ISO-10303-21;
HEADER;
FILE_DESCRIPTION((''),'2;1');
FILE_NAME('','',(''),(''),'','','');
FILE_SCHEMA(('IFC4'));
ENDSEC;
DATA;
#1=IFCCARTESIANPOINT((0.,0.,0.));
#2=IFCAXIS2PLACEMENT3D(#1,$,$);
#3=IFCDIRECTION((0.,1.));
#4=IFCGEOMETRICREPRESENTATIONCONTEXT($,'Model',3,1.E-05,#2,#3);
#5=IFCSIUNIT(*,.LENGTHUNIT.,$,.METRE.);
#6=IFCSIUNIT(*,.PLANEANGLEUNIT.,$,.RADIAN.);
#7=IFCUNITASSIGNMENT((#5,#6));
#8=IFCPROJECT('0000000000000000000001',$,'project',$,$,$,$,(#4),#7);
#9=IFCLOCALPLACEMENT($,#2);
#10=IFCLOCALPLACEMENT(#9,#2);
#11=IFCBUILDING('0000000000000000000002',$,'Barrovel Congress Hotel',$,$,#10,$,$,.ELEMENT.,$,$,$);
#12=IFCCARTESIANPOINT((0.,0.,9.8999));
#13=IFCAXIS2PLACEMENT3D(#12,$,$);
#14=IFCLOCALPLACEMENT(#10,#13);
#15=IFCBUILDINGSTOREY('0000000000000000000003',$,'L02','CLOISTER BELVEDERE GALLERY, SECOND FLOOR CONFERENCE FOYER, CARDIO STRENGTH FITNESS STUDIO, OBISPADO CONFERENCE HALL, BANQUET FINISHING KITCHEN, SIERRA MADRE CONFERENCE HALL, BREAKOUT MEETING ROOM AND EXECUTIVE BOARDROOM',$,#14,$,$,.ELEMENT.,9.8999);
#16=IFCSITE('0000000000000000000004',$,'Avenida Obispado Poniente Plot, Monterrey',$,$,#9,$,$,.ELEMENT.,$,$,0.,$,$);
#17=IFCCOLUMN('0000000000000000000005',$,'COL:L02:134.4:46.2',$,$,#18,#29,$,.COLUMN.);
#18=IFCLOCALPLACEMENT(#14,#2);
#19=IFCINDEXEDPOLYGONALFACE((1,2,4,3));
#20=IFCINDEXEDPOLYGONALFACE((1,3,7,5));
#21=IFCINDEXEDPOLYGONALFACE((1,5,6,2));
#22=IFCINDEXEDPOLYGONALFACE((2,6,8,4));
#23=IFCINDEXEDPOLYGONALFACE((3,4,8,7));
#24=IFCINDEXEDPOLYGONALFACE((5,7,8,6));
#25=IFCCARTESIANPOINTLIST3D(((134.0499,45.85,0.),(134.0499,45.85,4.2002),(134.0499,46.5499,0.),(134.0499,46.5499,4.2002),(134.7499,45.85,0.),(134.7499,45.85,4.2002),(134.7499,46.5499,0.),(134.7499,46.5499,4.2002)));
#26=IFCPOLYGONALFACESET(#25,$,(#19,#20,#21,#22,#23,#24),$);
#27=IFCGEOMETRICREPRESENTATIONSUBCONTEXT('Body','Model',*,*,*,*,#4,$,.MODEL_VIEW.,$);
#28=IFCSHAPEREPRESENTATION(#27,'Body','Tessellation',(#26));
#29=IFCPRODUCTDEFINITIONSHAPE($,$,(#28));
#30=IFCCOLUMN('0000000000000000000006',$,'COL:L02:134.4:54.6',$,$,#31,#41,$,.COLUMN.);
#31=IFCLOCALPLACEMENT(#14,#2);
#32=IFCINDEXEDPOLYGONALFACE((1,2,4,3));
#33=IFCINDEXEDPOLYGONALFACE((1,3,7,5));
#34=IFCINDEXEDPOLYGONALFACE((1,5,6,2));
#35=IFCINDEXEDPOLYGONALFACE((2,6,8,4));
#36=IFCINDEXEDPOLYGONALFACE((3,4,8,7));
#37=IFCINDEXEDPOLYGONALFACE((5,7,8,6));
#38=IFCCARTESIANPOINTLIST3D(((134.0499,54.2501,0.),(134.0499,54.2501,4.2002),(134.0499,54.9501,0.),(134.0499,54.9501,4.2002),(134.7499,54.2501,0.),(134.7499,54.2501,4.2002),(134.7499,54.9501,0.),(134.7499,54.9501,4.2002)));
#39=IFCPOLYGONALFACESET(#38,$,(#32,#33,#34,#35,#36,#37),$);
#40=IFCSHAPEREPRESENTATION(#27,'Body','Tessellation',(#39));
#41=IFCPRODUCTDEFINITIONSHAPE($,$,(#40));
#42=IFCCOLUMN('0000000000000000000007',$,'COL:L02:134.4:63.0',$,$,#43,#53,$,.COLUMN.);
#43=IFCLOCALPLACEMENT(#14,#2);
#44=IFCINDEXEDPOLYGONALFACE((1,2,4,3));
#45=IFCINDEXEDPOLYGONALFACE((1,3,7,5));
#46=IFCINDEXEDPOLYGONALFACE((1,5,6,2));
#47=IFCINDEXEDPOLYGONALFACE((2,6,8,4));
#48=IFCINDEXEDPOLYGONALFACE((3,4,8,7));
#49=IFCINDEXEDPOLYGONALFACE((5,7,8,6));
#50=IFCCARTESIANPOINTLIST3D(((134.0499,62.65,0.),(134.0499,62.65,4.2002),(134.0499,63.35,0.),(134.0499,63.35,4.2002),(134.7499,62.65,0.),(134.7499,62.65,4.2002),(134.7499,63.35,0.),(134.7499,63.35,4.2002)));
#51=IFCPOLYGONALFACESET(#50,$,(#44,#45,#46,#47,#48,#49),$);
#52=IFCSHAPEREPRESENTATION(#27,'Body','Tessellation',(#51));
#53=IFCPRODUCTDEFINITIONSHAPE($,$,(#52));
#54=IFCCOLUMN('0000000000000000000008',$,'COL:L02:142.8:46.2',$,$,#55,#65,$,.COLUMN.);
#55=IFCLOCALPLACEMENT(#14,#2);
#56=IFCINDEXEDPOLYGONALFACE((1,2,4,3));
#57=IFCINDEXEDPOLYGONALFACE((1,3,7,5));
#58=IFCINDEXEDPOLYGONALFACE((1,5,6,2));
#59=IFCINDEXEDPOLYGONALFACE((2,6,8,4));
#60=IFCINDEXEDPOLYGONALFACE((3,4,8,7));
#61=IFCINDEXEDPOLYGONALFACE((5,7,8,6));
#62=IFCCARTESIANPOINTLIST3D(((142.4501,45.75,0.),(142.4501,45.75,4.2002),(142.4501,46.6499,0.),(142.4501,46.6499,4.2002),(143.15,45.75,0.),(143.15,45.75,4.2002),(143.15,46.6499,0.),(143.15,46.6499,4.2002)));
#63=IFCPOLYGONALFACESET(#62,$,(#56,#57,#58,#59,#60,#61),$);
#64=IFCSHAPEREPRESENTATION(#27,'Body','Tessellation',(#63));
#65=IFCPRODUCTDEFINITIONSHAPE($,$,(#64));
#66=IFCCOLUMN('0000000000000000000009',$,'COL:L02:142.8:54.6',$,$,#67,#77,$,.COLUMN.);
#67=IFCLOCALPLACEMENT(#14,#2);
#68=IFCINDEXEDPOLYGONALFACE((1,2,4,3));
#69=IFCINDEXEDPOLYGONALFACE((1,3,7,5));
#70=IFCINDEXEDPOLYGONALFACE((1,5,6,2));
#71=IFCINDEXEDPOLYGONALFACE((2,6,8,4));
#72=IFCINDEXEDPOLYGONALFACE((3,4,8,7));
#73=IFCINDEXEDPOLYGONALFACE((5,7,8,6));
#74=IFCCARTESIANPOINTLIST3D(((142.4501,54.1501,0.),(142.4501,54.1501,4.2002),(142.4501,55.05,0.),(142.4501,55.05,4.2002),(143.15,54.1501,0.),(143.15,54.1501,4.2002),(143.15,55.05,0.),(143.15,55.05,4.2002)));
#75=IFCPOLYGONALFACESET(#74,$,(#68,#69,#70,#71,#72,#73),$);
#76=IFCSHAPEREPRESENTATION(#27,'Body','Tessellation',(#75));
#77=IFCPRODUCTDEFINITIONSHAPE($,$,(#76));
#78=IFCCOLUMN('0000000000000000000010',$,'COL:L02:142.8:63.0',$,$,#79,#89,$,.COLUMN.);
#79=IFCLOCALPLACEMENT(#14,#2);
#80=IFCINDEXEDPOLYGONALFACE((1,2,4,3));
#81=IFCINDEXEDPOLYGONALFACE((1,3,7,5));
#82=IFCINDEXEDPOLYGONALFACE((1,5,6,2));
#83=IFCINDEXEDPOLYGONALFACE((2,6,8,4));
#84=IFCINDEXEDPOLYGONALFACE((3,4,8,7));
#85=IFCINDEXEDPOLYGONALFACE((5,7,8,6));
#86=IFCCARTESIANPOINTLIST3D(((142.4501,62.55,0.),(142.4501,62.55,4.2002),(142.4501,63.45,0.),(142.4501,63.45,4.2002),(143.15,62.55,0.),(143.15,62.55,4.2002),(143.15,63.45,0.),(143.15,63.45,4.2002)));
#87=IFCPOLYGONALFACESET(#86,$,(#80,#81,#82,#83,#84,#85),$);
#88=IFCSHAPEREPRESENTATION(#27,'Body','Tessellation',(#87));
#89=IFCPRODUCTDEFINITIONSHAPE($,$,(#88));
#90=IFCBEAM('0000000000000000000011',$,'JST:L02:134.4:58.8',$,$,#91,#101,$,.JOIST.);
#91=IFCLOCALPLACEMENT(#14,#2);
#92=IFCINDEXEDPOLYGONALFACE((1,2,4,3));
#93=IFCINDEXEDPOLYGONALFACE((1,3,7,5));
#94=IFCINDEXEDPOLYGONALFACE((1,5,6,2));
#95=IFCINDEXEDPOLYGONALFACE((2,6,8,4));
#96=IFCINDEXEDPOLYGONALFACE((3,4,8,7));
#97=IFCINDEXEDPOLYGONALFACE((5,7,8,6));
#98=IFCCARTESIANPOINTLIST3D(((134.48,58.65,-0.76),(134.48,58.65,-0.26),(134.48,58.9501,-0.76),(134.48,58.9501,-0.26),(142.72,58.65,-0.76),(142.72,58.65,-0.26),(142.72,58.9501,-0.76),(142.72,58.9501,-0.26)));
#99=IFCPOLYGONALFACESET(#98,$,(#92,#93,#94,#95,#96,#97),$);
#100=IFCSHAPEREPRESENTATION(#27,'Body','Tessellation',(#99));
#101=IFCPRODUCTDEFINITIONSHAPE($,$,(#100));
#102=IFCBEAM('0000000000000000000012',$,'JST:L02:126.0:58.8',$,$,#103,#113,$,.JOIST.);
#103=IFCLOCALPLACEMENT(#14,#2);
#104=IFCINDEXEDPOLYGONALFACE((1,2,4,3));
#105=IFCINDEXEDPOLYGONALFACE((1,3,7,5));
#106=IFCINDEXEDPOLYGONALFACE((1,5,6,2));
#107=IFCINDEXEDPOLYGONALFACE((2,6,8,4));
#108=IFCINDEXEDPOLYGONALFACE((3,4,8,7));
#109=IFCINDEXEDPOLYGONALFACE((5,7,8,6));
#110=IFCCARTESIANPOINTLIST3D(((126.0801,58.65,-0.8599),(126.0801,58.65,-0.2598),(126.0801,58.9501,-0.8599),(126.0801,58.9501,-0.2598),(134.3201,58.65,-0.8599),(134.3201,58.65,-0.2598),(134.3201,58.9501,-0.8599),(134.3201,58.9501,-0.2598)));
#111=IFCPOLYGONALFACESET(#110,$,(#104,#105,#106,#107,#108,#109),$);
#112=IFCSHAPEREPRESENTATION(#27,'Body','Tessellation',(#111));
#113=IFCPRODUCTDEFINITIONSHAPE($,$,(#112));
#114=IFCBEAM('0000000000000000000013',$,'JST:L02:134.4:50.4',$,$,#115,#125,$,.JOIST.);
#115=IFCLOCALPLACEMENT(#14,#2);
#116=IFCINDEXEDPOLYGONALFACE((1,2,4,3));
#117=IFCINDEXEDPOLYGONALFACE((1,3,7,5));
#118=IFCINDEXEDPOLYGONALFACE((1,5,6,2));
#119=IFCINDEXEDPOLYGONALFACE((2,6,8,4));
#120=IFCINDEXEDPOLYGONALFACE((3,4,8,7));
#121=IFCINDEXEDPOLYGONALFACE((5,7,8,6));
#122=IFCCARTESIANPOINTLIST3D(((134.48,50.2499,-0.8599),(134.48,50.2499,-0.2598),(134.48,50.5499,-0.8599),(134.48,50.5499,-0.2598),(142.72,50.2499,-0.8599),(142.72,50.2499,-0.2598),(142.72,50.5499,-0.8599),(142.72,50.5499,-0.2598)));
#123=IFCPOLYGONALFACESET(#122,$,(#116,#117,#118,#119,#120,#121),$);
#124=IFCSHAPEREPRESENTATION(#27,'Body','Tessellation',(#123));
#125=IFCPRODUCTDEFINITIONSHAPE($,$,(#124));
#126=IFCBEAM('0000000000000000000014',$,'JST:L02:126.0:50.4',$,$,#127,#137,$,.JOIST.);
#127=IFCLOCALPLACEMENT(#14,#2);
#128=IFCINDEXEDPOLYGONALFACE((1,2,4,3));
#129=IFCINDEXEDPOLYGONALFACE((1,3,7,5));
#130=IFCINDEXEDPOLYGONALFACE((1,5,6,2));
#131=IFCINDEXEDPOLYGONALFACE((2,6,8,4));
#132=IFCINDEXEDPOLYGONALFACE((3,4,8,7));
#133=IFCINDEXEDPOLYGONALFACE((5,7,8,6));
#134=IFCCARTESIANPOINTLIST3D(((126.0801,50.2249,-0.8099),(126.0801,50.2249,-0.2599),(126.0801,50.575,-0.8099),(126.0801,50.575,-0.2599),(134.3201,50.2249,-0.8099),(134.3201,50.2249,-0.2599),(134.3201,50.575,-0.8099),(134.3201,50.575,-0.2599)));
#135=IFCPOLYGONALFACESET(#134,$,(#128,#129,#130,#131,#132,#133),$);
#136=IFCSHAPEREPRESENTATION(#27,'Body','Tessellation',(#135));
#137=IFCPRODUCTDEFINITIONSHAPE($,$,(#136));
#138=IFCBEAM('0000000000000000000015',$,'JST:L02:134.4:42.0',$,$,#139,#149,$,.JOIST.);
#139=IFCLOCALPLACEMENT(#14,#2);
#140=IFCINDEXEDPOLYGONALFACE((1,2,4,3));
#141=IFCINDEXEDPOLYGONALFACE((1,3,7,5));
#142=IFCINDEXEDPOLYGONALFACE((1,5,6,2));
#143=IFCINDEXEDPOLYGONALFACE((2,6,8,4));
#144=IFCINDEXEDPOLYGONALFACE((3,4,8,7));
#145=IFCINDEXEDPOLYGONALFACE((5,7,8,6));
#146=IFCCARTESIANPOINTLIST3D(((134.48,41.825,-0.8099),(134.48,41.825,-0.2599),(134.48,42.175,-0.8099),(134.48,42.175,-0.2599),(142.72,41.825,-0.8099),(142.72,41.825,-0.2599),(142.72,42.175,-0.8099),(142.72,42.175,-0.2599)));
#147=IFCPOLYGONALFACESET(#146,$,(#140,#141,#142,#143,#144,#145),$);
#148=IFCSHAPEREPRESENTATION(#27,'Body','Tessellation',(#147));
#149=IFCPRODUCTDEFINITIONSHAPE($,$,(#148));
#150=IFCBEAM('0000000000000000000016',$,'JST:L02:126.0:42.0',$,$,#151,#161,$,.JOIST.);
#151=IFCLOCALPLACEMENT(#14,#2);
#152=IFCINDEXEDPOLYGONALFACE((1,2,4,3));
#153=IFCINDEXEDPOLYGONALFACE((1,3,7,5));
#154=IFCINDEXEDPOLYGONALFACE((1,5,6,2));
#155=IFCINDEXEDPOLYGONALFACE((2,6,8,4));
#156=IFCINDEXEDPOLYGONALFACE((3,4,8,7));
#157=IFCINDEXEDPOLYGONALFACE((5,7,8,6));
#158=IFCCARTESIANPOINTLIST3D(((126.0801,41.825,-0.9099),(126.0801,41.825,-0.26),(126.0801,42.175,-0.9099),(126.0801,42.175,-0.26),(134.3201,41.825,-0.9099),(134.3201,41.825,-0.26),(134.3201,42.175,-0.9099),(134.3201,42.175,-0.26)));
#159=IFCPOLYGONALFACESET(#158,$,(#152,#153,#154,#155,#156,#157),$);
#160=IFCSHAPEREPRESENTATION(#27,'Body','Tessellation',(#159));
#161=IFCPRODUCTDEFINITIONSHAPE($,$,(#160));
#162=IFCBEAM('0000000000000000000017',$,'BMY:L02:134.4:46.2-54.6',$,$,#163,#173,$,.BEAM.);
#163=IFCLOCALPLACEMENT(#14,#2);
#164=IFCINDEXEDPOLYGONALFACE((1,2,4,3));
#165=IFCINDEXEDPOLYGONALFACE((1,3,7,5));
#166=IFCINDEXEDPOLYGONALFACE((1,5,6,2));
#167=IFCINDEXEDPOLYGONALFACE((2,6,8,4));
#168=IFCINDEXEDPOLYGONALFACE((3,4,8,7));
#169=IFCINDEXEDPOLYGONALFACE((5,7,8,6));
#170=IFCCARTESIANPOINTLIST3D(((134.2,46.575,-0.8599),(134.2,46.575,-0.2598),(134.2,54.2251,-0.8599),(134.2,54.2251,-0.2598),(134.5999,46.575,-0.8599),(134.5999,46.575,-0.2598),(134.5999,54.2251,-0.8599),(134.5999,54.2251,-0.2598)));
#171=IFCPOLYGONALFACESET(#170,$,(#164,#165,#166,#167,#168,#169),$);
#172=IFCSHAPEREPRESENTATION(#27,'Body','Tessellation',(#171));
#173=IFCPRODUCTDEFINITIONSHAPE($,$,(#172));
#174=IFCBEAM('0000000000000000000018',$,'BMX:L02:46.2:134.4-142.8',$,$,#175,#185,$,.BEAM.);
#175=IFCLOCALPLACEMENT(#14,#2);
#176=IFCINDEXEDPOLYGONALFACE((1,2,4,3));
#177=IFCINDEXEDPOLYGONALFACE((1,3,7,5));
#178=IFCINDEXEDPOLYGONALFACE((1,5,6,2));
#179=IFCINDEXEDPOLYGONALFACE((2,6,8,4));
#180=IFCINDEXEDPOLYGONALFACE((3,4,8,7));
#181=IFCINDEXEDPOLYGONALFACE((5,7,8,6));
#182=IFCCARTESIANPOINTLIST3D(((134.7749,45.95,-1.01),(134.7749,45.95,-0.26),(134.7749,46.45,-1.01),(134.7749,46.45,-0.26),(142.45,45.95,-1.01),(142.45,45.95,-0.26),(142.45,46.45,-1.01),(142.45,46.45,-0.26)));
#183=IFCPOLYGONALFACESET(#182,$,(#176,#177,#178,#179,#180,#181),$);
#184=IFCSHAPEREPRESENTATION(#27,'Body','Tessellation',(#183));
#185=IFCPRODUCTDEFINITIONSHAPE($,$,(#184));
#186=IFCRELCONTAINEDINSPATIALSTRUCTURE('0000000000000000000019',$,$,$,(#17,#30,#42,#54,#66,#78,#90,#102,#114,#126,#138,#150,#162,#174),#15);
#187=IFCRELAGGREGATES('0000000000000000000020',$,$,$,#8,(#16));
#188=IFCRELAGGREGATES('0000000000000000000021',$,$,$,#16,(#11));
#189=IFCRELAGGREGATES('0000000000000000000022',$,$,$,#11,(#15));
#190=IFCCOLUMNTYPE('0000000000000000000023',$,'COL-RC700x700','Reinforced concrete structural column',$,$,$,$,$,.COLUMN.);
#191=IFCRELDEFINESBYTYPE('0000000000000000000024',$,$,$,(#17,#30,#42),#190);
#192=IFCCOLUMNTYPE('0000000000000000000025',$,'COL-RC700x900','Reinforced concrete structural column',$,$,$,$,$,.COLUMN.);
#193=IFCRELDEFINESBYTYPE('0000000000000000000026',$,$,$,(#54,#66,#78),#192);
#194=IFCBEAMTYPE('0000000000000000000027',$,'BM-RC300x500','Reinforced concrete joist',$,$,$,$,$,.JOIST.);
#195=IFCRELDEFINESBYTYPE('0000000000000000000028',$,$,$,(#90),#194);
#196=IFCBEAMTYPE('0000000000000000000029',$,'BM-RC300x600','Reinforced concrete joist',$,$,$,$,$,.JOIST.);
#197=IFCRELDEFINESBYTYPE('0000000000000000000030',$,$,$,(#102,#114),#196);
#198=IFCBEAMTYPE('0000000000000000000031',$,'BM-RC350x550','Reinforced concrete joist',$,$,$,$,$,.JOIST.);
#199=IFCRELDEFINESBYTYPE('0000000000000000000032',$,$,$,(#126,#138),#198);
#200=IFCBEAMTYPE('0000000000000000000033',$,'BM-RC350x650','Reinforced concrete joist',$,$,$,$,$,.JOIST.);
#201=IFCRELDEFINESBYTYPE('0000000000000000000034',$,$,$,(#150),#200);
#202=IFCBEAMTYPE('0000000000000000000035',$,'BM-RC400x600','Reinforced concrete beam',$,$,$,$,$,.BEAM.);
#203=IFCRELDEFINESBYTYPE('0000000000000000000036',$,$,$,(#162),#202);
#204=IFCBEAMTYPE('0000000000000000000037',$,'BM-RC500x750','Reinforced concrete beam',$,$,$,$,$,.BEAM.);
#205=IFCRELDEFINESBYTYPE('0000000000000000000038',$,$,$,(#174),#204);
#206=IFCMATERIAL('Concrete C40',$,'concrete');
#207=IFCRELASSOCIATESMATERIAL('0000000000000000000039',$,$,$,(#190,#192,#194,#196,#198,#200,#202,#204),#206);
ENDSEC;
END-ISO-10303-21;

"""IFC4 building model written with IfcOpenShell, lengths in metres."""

from ifc_helpers import new_model, si_unit, direction, frame, origin, origin_2d, place, context, subcontext, project, spatial, rectangle, extrude, material, material_profile, profile_set, type_object, element, save


model = new_model("IFC4")

# Units and contexts
model_context = context("Model", 3, precision=1e-05, world=origin(), true_north=direction((0.0, 1.0)))
body_context = subcontext(model_context, "Body", "Model", "MODEL_VIEW")
ifc_project = project(units=[si_unit("LENGTHUNIT", "METRE"), si_unit("PLANEANGLEUNIT", "RADIAN")], contexts=[model_context])

# Site, building, storey
site_placement = place(None, origin())
site = spatial("IfcSite", under=ifc_project, at=site_placement, Name="Avenida Obispado Poniente Plot, Monterrey", CompositionType="ELEMENT", RefElevation=0.0)
building_placement = place(site_placement, origin())
building = spatial("IfcBuilding", under=site, at=building_placement, Name="Barrovel Congress Hotel", CompositionType="ELEMENT")
storey_placement = place(building_placement, frame((0.0, 0.0, 9.8999)))
storey = spatial("IfcBuildingStorey", under=building, at=storey_placement, Name="L02", Description="CLOISTER BELVEDERE GALLERY, SECOND FLOOR CONFERENCE FOYER, CARDIO STRENGTH FITNESS STUDIO, OBISPADO CONFERENCE HALL, BANQUET FINISHING KITCHEN, SIERRA MADRE CONFERENCE HALL, BREAKOUT MEETING ROOM AND EXECUTIVE BOARDROOM", CompositionType="ELEMENT", Elevation=9.8999)

# Columns
ifc_material_1 = material(Name="Concrete C40", Category="concrete")
ifc_material_profile_1 = material_profile(ifc_material_1, rectangle(XDim=0.7, YDim=0.7, at=origin_2d()), Name="RC700x700")
ifc_profile_set_1 = profile_set([ifc_material_profile_1], Name="Concrete C40")
column_type_1 = type_object("IfcColumnType", Name="COL-RC700x700", Description="Reinforced concrete structural column", PredefinedType="COLUMN", material=ifc_profile_set_1)
for number, where, z_axis, x_axis, name in (
    (1, (134.3999, 46.2, 0.0), (0.0, 0.0, 1.0), (1.0, 0.0, 0.0), "COL:L02:134.4:46.2"),
    (2, (134.3999, 54.6001, 0.0), (0.0, 0.0, 1.0), (1.0, 0.0, 0.0), "COL:L02:134.4:54.6"),
    (3, (134.3999, 63.0, 0.0), (0.0, 0.0, 1.0), (1.0, 0.0, 0.0), "COL:L02:134.4:63.0"),
):
    element("IfcColumn", number, at=place(storey_placement, frame(where, z_axis=z_axis, x_axis=x_axis)), inside=storey, type_object=column_type_1, Name=name, PredefinedType="COLUMN", context=body_context, shape_type="SweptSolid", body=[
        extrude(rectangle(XDim=0.7, YDim=0.7, at=origin_2d()), origin(), (0.0, 0.0, 1.0), 4.2002),
    ])
ifc_material_profile_2 = material_profile(ifc_material_1, rectangle(XDim=0.7, YDim=0.8999, at=origin_2d()), Name="RC700x900")
ifc_profile_set_2 = profile_set([ifc_material_profile_2], Name="Concrete C40")
column_type_2 = type_object("IfcColumnType", Name="COL-RC700x900", Description="Reinforced concrete structural column", PredefinedType="COLUMN", material=ifc_profile_set_2)
for number, where, z_axis, x_axis, name in (
    (4, (142.8, 46.2, 0.0), (0.0, 0.0, 1.0), (1.0, 0.0, 0.0), "COL:L02:142.8:46.2"),
    (5, (142.8, 54.6001, 0.0), (0.0, 0.0, 1.0), (1.0, 0.0, 0.0), "COL:L02:142.8:54.6"),
    (6, (142.8, 63.0, 0.0), (0.0, 0.0, 1.0), (1.0, 0.0, 0.0), "COL:L02:142.8:63.0"),
):
    element("IfcColumn", number, at=place(storey_placement, frame(where, z_axis=z_axis, x_axis=x_axis)), inside=storey, type_object=column_type_2, Name=name, PredefinedType="COLUMN", context=body_context, shape_type="SweptSolid", body=[
        extrude(rectangle(XDim=0.7, YDim=0.8999, at=origin_2d()), origin(), (0.0, 0.0, 1.0), 4.2002),
    ])

# Beams
ifc_material_profile_3 = material_profile(ifc_material_1, rectangle(XDim=0.3, YDim=0.5, at=origin_2d()), Name="RC300x500")
ifc_profile_set_3 = profile_set([ifc_material_profile_3], Name="Concrete C40")
beam_type_1 = type_object("IfcBeamType", Name="BM-RC300x500", Description="Reinforced concrete joist", PredefinedType="JOIST", material=ifc_profile_set_3)
beam_1_placement = place(storey_placement, frame((134.48, 58.8, -0.51), z_axis=(1.0, 0.0, 0.0), x_axis=(0.0, 1.0, 0.0)))
element("IfcBeam", 7, at=beam_1_placement, inside=storey, type_object=beam_type_1, Name="JST:L02:134.4:58.8", PredefinedType="JOIST", context=body_context, shape_type="SweptSolid", body=[
    extrude(rectangle(XDim=0.3, YDim=0.5, at=origin_2d()), origin(), (0.0, 0.0, 1.0), 8.24),
])
ifc_material_profile_4 = material_profile(ifc_material_1, rectangle(XDim=0.3, YDim=0.6001, at=origin_2d()), Name="RC300x600")
ifc_profile_set_4 = profile_set([ifc_material_profile_4], Name="Concrete C40")
beam_type_2 = type_object("IfcBeamType", Name="BM-RC300x600", Description="Reinforced concrete joist", PredefinedType="JOIST", material=ifc_profile_set_4)
for number, where, z_axis, x_axis, name in (
    (8, (126.0801, 58.8, -0.5598), (1.0, 0.0, 0.0), (0.0, 1.0, 0.0), "JST:L02:126.0:58.8"),
    (9, (134.48, 50.3999, -0.5598), (1.0, 0.0, 0.0), (0.0, 1.0, 0.0), "JST:L02:134.4:50.4"),
):
    element("IfcBeam", number, at=place(storey_placement, frame(where, z_axis=z_axis, x_axis=x_axis)), inside=storey, type_object=beam_type_2, Name=name, PredefinedType="JOIST", context=body_context, shape_type="SweptSolid", body=[
        extrude(rectangle(XDim=0.3, YDim=0.6001, at=origin_2d()), origin(), (0.0, 0.0, 1.0), 8.24),
    ])
ifc_material_profile_5 = material_profile(ifc_material_1, rectangle(XDim=0.3501, YDim=0.55, at=origin_2d()), Name="RC350x550")
ifc_profile_set_5 = profile_set([ifc_material_profile_5], Name="Concrete C40")
beam_type_3 = type_object("IfcBeamType", Name="BM-RC350x550", Description="Reinforced concrete joist", PredefinedType="JOIST", material=ifc_profile_set_5)
for number, where, z_axis, x_axis, name in (
    (10, (126.0801, 50.3999, -0.5349), (1.0, 0.0, 0.0), (0.0, 1.0, 0.0), "JST:L02:126.0:50.4"),
    (11, (134.48, 42.0, -0.5349), (1.0, 0.0, 0.0), (0.0, 1.0, 0.0), "JST:L02:134.4:42.0"),
):
    element("IfcBeam", number, at=place(storey_placement, frame(where, z_axis=z_axis, x_axis=x_axis)), inside=storey, type_object=beam_type_3, Name=name, PredefinedType="JOIST", context=body_context, shape_type="SweptSolid", body=[
        extrude(rectangle(XDim=0.3501, YDim=0.55, at=origin_2d()), origin(), (0.0, 0.0, 1.0), 8.24),
    ])
ifc_material_profile_6 = material_profile(ifc_material_1, rectangle(XDim=0.3501, YDim=0.6499, at=origin_2d()), Name="RC350x650")
ifc_profile_set_6 = profile_set([ifc_material_profile_6], Name="Concrete C40")
beam_type_4 = type_object("IfcBeamType", Name="BM-RC350x650", Description="Reinforced concrete joist", PredefinedType="JOIST", material=ifc_profile_set_6)
beam_2_placement = place(storey_placement, frame((126.0801, 42.0, -0.585), z_axis=(1.0, 0.0, 0.0), x_axis=(0.0, 1.0, 0.0)))
element("IfcBeam", 12, at=beam_2_placement, inside=storey, type_object=beam_type_4, Name="JST:L02:126.0:42.0", PredefinedType="JOIST", context=body_context, shape_type="SweptSolid", body=[
    extrude(rectangle(XDim=0.3501, YDim=0.6499, at=origin_2d()), origin(), (0.0, 0.0, 1.0), 8.24),
])
ifc_material_profile_7 = material_profile(ifc_material_1, rectangle(XDim=0.3999, YDim=0.6001, at=origin_2d()), Name="RC400x600")
ifc_profile_set_7 = profile_set([ifc_material_profile_7], Name="Concrete C40")
beam_type_5 = type_object("IfcBeamType", Name="BM-RC400x600", Description="Reinforced concrete beam", PredefinedType="BEAM", material=ifc_profile_set_7)
beam_3_placement = place(storey_placement, frame((134.3999, 46.575, -0.5598), z_axis=(0.0, 1.0, 0.0), x_axis=(-1.0, 0.0, 0.0)))
element("IfcBeam", 13, at=beam_3_placement, inside=storey, type_object=beam_type_5, Name="BMY:L02:134.4:46.2-54.6", PredefinedType="BEAM", context=body_context, shape_type="SweptSolid", body=[
    extrude(rectangle(XDim=0.3999, YDim=0.6001, at=origin_2d()), origin(), (0.0, 0.0, 1.0), 7.6501),
])
ifc_material_profile_8 = material_profile(ifc_material_1, rectangle(XDim=0.5, YDim=0.75, at=origin_2d()), Name="RC500x750")
ifc_profile_set_8 = profile_set([ifc_material_profile_8], Name="Concrete C40")
beam_type_6 = type_object("IfcBeamType", Name="BM-RC500x750", Description="Reinforced concrete beam", PredefinedType="BEAM", material=ifc_profile_set_8)
beam_4_placement = place(storey_placement, frame((134.7749, 46.2, -0.635), z_axis=(1.0, 0.0, 0.0), x_axis=(0.0, 1.0, 0.0)))
element("IfcBeam", 14, at=beam_4_placement, inside=storey, type_object=beam_type_6, Name="BMX:L02:46.2:134.4-142.8", PredefinedType="BEAM", context=body_context, shape_type="SweptSolid", body=[
    extrude(rectangle(XDim=0.5, YDim=0.75, at=origin_2d()), origin(), (0.0, 0.0, 1.0), 7.675),
])

save(model, "model.ifc")
